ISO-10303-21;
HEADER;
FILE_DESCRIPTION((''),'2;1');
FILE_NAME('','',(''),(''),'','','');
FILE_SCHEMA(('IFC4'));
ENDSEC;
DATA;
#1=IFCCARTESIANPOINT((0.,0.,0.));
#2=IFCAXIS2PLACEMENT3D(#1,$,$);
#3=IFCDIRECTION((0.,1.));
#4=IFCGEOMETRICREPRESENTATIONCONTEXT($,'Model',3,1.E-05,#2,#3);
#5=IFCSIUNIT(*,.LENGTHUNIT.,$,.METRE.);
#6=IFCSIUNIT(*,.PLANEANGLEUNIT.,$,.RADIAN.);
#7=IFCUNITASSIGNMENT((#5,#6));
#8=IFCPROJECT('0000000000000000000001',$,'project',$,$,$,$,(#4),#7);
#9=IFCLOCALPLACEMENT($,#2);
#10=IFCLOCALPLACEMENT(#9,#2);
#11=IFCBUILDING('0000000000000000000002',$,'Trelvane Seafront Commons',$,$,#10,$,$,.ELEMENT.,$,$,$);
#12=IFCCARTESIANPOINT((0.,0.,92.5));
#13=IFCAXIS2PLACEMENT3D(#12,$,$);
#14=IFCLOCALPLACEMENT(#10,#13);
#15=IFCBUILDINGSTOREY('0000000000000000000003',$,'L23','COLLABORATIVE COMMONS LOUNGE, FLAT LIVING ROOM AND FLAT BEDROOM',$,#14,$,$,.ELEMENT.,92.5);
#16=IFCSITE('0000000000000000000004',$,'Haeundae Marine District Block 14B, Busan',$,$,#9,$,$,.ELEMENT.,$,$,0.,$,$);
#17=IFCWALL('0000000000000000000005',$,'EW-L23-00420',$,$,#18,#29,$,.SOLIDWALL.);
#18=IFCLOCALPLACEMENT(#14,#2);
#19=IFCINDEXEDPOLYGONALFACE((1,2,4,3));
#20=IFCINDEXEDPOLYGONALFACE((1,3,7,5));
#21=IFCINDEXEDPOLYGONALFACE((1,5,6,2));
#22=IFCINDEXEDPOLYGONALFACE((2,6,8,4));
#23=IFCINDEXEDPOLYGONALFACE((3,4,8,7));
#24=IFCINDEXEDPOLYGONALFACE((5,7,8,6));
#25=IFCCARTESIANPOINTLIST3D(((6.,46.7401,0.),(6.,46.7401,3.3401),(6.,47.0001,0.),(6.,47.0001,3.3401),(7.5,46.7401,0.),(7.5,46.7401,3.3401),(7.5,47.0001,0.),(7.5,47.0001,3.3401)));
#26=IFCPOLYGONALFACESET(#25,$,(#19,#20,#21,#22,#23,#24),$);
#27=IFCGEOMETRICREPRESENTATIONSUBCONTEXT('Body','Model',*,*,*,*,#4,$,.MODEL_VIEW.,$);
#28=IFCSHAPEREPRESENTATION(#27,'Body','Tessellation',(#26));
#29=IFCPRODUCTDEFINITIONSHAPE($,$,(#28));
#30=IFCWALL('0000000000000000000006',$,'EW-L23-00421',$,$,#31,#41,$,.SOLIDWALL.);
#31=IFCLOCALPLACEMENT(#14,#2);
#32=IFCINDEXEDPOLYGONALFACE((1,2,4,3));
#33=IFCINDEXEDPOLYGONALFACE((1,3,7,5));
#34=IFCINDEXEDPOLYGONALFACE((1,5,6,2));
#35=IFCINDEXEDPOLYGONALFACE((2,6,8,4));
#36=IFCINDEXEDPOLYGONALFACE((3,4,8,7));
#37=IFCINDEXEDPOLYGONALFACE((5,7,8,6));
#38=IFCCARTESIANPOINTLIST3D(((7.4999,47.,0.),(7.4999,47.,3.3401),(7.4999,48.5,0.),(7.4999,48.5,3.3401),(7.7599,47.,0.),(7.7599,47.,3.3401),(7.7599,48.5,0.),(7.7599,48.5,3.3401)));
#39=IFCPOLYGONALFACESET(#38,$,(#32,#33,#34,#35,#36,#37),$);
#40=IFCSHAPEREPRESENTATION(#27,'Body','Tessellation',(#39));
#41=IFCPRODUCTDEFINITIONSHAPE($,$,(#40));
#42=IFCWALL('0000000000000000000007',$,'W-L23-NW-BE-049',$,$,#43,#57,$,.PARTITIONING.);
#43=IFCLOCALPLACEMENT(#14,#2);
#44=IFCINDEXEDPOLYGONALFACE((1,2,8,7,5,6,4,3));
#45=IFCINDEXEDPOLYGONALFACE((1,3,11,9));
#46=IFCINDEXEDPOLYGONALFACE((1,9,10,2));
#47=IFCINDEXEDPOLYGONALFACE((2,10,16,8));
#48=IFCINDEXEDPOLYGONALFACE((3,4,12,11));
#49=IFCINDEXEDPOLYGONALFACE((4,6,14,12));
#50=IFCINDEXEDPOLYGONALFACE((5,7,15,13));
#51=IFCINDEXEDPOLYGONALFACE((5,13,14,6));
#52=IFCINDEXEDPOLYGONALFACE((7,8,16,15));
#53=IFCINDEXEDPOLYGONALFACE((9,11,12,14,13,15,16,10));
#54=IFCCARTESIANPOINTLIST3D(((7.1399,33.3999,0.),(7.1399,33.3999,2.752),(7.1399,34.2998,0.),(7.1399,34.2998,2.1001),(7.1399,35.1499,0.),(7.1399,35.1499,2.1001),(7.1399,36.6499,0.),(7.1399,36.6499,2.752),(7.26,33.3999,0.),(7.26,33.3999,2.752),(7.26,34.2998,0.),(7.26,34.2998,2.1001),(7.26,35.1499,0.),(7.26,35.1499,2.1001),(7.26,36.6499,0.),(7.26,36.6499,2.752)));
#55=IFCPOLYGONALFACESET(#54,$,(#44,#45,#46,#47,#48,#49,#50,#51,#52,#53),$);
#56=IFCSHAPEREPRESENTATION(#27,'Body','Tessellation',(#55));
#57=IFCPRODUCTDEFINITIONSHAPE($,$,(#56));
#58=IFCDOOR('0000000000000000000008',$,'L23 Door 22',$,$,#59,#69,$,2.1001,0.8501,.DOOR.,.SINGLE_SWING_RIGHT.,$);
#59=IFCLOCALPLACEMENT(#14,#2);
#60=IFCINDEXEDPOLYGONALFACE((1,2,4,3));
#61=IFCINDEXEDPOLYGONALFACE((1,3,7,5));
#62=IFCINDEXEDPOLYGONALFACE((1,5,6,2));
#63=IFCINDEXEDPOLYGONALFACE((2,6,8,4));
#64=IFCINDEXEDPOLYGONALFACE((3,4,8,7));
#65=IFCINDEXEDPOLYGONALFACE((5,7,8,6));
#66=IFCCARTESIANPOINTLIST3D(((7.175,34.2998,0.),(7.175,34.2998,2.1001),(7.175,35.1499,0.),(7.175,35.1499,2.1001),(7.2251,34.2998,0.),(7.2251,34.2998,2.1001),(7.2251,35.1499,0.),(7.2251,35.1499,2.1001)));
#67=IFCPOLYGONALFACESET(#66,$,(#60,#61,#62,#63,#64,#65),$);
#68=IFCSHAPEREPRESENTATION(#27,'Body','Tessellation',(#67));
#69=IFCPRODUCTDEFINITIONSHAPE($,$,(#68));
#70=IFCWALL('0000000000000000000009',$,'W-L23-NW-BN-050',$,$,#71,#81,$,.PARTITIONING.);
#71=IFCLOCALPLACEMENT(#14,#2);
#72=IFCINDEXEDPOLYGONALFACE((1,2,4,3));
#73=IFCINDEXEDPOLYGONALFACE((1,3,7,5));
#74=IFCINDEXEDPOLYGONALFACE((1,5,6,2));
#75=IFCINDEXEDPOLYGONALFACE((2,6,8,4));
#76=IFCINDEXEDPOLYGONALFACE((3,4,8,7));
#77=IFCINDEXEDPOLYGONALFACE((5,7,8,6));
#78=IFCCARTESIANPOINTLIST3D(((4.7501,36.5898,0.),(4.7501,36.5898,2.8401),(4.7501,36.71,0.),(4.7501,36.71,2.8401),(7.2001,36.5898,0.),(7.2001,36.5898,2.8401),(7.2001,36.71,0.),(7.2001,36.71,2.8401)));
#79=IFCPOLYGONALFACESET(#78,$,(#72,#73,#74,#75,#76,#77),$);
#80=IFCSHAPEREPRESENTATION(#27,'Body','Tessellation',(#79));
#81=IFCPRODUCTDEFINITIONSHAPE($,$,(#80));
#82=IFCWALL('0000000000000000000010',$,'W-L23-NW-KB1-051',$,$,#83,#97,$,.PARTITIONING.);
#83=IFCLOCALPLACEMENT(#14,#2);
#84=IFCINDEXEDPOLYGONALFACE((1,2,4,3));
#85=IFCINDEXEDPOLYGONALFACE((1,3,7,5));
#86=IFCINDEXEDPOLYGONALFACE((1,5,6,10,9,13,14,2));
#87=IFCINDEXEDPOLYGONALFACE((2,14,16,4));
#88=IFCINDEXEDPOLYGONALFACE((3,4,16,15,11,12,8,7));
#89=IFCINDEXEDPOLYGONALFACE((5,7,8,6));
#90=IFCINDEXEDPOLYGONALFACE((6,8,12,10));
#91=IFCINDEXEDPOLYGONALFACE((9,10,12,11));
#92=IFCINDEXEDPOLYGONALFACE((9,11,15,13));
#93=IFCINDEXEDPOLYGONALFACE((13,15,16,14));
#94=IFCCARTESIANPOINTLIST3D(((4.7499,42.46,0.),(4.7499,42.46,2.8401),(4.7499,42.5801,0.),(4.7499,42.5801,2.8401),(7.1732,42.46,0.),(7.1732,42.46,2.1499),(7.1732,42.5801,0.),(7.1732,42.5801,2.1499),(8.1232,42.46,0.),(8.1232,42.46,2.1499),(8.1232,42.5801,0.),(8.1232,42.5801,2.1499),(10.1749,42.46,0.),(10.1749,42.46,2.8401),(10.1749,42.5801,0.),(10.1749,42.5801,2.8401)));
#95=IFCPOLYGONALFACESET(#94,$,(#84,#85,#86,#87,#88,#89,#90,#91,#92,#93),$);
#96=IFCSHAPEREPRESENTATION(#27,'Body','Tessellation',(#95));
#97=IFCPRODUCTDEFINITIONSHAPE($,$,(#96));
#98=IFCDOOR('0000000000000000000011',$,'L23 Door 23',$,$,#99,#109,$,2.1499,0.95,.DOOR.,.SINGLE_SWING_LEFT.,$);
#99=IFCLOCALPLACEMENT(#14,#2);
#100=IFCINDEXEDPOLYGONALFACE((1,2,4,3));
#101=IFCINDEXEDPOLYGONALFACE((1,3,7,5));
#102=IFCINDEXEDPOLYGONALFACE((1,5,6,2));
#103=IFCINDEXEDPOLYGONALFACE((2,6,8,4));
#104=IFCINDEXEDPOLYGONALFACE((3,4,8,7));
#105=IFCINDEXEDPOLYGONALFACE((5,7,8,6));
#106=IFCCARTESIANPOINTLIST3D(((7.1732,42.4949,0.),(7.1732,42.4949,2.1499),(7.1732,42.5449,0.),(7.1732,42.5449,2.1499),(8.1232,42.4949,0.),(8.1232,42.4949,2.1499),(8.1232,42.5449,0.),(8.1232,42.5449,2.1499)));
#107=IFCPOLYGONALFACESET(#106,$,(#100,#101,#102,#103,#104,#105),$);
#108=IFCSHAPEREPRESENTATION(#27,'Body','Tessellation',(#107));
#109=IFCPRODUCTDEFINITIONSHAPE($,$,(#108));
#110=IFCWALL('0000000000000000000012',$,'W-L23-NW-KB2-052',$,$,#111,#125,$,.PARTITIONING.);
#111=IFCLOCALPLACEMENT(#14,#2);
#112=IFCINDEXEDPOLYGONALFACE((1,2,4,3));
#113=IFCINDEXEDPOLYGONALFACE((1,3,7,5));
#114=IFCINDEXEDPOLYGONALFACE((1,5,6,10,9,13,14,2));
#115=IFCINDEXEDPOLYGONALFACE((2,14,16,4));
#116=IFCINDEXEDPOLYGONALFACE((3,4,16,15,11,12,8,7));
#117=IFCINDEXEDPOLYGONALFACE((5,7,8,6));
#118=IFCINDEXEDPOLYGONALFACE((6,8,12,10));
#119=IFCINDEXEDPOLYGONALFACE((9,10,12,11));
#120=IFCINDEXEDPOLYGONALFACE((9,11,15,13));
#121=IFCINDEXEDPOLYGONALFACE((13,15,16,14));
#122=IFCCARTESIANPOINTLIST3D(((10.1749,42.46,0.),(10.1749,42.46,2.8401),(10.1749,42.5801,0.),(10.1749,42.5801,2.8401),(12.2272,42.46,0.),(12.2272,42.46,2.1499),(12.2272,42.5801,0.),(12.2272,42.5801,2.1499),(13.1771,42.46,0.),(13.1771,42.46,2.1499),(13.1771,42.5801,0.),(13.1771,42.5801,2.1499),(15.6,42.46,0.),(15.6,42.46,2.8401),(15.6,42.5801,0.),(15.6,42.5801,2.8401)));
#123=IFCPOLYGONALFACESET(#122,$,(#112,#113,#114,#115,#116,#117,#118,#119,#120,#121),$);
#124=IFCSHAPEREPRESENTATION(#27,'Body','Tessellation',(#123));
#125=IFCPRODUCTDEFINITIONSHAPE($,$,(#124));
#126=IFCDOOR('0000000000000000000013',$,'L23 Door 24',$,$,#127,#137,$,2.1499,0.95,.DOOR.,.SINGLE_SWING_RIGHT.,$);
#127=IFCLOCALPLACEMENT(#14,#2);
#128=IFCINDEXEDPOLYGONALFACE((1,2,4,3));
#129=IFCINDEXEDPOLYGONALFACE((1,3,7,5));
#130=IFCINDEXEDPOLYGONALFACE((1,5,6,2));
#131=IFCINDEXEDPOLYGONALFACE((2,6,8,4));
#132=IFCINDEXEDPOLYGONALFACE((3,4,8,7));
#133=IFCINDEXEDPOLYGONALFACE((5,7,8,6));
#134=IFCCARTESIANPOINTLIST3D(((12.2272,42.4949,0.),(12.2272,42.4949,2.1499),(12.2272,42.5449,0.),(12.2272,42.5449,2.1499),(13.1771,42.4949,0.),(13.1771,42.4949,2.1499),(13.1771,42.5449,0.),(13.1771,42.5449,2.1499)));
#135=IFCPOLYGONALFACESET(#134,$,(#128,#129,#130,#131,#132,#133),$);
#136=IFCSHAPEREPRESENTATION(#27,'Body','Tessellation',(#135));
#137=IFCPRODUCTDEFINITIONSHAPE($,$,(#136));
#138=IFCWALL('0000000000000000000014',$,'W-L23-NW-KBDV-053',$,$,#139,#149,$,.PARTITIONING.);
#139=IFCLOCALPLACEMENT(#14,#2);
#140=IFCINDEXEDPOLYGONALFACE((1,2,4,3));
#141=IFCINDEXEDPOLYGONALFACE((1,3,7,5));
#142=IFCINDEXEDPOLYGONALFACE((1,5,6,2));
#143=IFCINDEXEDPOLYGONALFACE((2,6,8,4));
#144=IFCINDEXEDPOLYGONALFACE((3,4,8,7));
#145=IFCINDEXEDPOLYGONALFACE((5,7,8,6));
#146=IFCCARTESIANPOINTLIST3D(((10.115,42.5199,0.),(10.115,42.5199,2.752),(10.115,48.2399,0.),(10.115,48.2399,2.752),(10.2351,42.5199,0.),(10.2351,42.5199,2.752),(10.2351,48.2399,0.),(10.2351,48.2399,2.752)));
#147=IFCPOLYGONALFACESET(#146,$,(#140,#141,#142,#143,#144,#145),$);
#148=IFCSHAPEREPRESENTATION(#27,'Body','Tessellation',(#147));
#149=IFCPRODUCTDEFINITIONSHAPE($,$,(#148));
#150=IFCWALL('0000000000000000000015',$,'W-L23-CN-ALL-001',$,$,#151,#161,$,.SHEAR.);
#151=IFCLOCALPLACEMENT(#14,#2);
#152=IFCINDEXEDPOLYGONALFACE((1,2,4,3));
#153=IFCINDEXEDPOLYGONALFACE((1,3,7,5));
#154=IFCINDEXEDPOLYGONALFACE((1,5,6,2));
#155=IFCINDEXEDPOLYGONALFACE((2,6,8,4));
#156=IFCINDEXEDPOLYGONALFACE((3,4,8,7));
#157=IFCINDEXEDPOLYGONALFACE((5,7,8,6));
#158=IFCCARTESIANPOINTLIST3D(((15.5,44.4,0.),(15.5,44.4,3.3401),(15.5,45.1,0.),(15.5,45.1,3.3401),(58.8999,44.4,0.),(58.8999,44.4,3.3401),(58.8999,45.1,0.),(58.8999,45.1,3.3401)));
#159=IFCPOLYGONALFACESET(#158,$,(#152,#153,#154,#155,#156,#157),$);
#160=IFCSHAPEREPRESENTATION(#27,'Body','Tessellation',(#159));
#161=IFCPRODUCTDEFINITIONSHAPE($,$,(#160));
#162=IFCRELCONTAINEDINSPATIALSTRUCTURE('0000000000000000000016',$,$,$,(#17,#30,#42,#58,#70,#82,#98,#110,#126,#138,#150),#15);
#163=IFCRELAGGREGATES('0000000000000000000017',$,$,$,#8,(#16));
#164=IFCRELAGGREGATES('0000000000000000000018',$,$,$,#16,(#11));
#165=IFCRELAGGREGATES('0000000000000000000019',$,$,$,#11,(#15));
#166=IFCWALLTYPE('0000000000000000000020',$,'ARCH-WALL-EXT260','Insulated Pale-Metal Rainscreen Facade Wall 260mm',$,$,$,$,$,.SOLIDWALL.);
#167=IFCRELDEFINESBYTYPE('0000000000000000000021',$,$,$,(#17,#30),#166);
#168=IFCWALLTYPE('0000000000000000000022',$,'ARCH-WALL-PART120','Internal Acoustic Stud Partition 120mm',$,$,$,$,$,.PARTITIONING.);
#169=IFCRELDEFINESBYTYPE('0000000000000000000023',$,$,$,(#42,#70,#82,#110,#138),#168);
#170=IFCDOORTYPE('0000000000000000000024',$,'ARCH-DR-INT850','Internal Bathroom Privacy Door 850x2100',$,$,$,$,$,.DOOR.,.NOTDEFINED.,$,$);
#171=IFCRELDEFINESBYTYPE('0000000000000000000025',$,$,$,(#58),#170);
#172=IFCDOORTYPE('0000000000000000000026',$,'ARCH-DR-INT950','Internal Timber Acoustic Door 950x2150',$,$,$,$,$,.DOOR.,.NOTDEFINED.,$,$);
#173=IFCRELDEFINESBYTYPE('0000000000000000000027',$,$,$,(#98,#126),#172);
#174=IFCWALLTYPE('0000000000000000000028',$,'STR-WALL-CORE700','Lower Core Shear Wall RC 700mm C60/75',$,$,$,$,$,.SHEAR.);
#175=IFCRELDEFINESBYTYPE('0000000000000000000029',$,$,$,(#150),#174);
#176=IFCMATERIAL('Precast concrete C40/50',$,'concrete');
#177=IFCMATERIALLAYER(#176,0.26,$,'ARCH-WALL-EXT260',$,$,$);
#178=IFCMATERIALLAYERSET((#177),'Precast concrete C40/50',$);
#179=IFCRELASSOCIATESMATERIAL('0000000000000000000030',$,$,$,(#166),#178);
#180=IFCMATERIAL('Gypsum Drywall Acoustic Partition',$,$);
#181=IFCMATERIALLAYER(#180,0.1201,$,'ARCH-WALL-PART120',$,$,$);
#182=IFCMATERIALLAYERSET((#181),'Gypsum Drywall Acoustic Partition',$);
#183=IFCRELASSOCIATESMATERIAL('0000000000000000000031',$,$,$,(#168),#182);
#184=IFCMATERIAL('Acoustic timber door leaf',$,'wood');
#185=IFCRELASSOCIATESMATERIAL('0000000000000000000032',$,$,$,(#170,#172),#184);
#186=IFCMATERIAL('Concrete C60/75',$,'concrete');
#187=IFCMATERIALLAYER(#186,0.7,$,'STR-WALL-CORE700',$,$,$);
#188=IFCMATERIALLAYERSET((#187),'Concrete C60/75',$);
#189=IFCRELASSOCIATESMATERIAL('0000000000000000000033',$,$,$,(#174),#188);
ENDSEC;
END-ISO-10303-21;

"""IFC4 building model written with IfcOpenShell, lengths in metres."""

from ifc_helpers import new_model, si_unit, direction, frame, frame_2d, origin, place, context, subcontext, project, spatial, rectangle, extrude, source, transform, mapped, material, layer, layer_set, type_object, element, fill, save


model = new_model("IFC4")

# Units and contexts
model_context = context("Model", 3, precision=1e-05, world=origin(), true_north=direction((0.0, 1.0)))
body_context = subcontext(model_context, "Body", "Model", "MODEL_VIEW")
ifc_project = project(units=[si_unit("LENGTHUNIT", "METRE"), si_unit("PLANEANGLEUNIT", "RADIAN")], contexts=[model_context])

# Site, building, storey
site_placement = place(None, origin())
site = spatial("IfcSite", under=ifc_project, at=site_placement, Name="Haeundae Marine District Block 14B, Busan", CompositionType="ELEMENT", RefElevation=0.0)
building_placement = place(site_placement, origin())
building = spatial("IfcBuilding", under=site, at=building_placement, Name="Trelvane Seafront Commons", CompositionType="ELEMENT")
storey_placement = place(building_placement, frame((0.0, 0.0, 92.5)))
storey = spatial("IfcBuildingStorey", under=building, at=storey_placement, Name="L23", Description="COLLABORATIVE COMMONS LOUNGE, FLAT LIVING ROOM AND FLAT BEDROOM", CompositionType="ELEMENT", Elevation=92.5)

# Shared definitions
ifc_material_1 = material(Name="Concrete C60/75", Category="concrete")

# Shared definitions
ifc_material_2 = material(Name="Precast concrete C40/50", Category="concrete")
ifc_layer_1 = layer(ifc_material_2, 0.26, Name="ARCH-WALL-EXT260")
ifc_layer_set_1 = layer_set([ifc_layer_1], Name="Precast concrete C40/50")
wall_type_1 = type_object("IfcWallType", Name="ARCH-WALL-EXT260", Description="Insulated Pale-Metal Rainscreen Facade Wall 260mm", PredefinedType="SOLIDWALL", material=ifc_layer_set_1)

# Walls
for number, where, z_axis, x_axis, name in (
    (1, (6.0, 46.8701, 0.0), (0.0, 0.0, 1.0), (1.0, 0.0, 0.0), "EW-L23-00420"),
    (2, (7.6299, 47.0, 0.0), (0.0, 0.0, 1.0), (0.0, 1.0, 0.0), "EW-L23-00421"),
):
    element("IfcWall", number, at=place(storey_placement, frame(where, z_axis=z_axis, x_axis=x_axis)), inside=storey, type_object=wall_type_1, Name=name, PredefinedType="SOLIDWALL", context=body_context, shape_type="SweptSolid", body=[
        extrude(rectangle(XDim=1.5, YDim=0.26, at=frame_2d((0.75, 0.0))), origin(), (0.0, 0.0, 1.0), 3.3401),
    ])

# Wall, opening, door
ifc_material_3 = material(Name="Gypsum Drywall Acoustic Partition")
ifc_layer_2 = layer(ifc_material_3, 0.1201, Name="ARCH-WALL-PART120")
ifc_layer_set_2 = layer_set([ifc_layer_2], Name="Gypsum Drywall Acoustic Partition")
wall_type_2 = type_object("IfcWallType", Name="ARCH-WALL-PART120", Description="Internal Acoustic Stud Partition 120mm", PredefinedType="PARTITIONING", material=ifc_layer_set_2)
wall_1_placement = place(storey_placement, frame((7.2, 33.3999, 0.0), z_axis=(0.0, 0.0, 1.0), x_axis=(0.0, 1.0, 0.0)))
wall_1 = element("IfcWall", 3, at=wall_1_placement, inside=storey, type_object=wall_type_2, Name="W-L23-NW-BE-049", PredefinedType="PARTITIONING", context=body_context, shape_type="SweptSolid", body=[
    extrude(rectangle(XDim=3.25, YDim=0.1201, at=frame_2d((1.625, 0.0))), origin(), (0.0, 0.0, 1.0), 2.752),
])
opening_1_placement = place(wall_1_placement, frame((0.8999, 0.0, 0.0)))
opening_1 = element("IfcOpeningElement", 4, at=opening_1_placement, cuts=wall_1, PredefinedType="OPENING", context=body_context, shape_type="SweptSolid", body=[
    extrude(rectangle(XDim=0.8501, YDim=2.1001, at=frame_2d((0.425, 1.05))), frame((0.0, 0.0701, 0.0), z_axis=(0.0, -1.0, 0.0), x_axis=(1.0, 0.0, 0.0)), (0.0, 0.0, 1.0), 0.1401),
])
ifc_material_4 = material(Name="Acoustic timber door leaf", Category="wood")
door_type_1 = type_object("IfcDoorType", Name="ARCH-DR-INT850", Description="Internal Bathroom Privacy Door 850x2100", OperationType="NOTDEFINED", PredefinedType="DOOR", material=ifc_material_4)
shared_shape_1 = source(origin(), body_context, "Body", "SweptSolid", [
    extrude(rectangle(XDim=0.8501, YDim=2.1001, at=frame_2d((0.425, 1.05))), frame((0.0, 0.0249, 0.0), z_axis=(0.0, -1.0, 0.0), x_axis=(1.0, 0.0, 0.0)), (0.0, 0.0, 1.0), 0.05),
])
door_1_placement = place(opening_1_placement, origin())
door_1 = element("IfcDoor", 5, at=door_1_placement, inside=storey, type_object=door_type_1, Name="L23 Door 22", OperationType="SINGLE_SWING_RIGHT", OverallHeight=2.1001, OverallWidth=0.8501, PredefinedType="DOOR", context=body_context, shape_type="MappedRepresentation", body=[
    mapped(shared_shape_1, transform((0.0, 0.0, 0.0), x_axis=(1.0, 0.0, 0.0), y_axis=(0.0, 1.0, 0.0), z_axis=(0.0, 0.0, 1.0), scale=1.0)),
])
fill(opening_1, door_1)

# Wall
wall_2_placement = place(storey_placement, frame((4.75, 36.6499, 0.0), z_axis=(0.0, 0.0, 1.0), x_axis=(1.0, 0.0, 0.0)))
element("IfcWall", 6, at=wall_2_placement, inside=storey, type_object=wall_type_2, Name="W-L23-NW-BN-050", PredefinedType="PARTITIONING", context=body_context, shape_type="SweptSolid", body=[
    extrude(rectangle(XDim=2.45, YDim=0.1201, at=frame_2d((1.2251, 0.0))), origin(), (0.0, 0.0, 1.0), 2.8401),
])

# Walls, openings, doors
wall_3_placement = place(storey_placement, frame((4.75, 42.52, 0.0), z_axis=(0.0, 0.0, 1.0), x_axis=(1.0, 0.0, 0.0)))
wall_3 = element("IfcWall", 7, at=wall_3_placement, inside=storey, type_object=wall_type_2, Name="W-L23-NW-KB1-051", PredefinedType="PARTITIONING", context=body_context, shape_type="SweptSolid", body=[
    extrude(rectangle(XDim=5.425, YDim=0.1201, at=frame_2d((2.7124, 0.0))), origin(), (0.0, 0.0, 1.0), 2.8401),
])
opening_2_placement = place(wall_3_placement, frame((2.4231, 0.0, 0.0)))
opening_2 = element("IfcOpeningElement", 8, at=opening_2_placement, cuts=wall_3, PredefinedType="OPENING", context=body_context, shape_type="SweptSolid", body=[
    extrude(rectangle(XDim=0.95, YDim=2.1499, at=frame_2d((0.4751, 1.075))), frame((0.0, 0.0701, 0.0), z_axis=(0.0, -1.0, 0.0), x_axis=(1.0, 0.0, 0.0)), (0.0, 0.0, 1.0), 0.1401),
])
door_type_2 = type_object("IfcDoorType", Name="ARCH-DR-INT950", Description="Internal Timber Acoustic Door 950x2150", OperationType="NOTDEFINED", PredefinedType="DOOR", material=ifc_material_4)
shared_shape_2 = source(origin(), body_context, "Body", "SweptSolid", [
    extrude(rectangle(XDim=0.95, YDim=2.1499, at=frame_2d((0.4751, 1.075))), frame((0.0, 0.0249, 0.0), z_axis=(0.0, -1.0, 0.0), x_axis=(1.0, 0.0, 0.0)), (0.0, 0.0, 1.0), 0.05),
])
door_2_placement = place(opening_2_placement, origin())
door_2 = element("IfcDoor", 9, at=door_2_placement, inside=storey, type_object=door_type_2, Name="L23 Door 23", OperationType="SINGLE_SWING_LEFT", OverallHeight=2.1499, OverallWidth=0.95, PredefinedType="DOOR", context=body_context, shape_type="MappedRepresentation", body=[
    mapped(shared_shape_2, transform((0.0, 0.0, 0.0), x_axis=(1.0, 0.0, 0.0), y_axis=(0.0, 1.0, 0.0), z_axis=(0.0, 0.0, 1.0), scale=1.0)),
])
fill(opening_2, door_2)
wall_4_placement = place(storey_placement, frame((10.175, 42.52, 0.0), z_axis=(0.0, 0.0, 1.0), x_axis=(1.0, 0.0, 0.0)))
wall_4 = element("IfcWall", 10, at=wall_4_placement, inside=storey, type_object=wall_type_2, Name="W-L23-NW-KB2-052", PredefinedType="PARTITIONING", context=body_context, shape_type="SweptSolid", body=[
    extrude(rectangle(XDim=5.425, YDim=0.1201, at=frame_2d((2.7124, 0.0))), origin(), (0.0, 0.0, 1.0), 2.8401),
])
opening_3_placement = place(wall_4_placement, frame((2.052, 0.0, 0.0)))
opening_3 = element("IfcOpeningElement", 11, at=opening_3_placement, cuts=wall_4, PredefinedType="OPENING", context=body_context, shape_type="SweptSolid", body=[
    extrude(rectangle(XDim=0.95, YDim=2.1499, at=frame_2d((0.4751, 1.075))), frame((0.0, 0.0701, 0.0), z_axis=(0.0, -1.0, 0.0), x_axis=(1.0, 0.0, 0.0)), (0.0, 0.0, 1.0), 0.1401),
])
door_3_placement = place(opening_3_placement, origin())
door_3 = element("IfcDoor", 12, at=door_3_placement, inside=storey, type_object=door_type_2, Name="L23 Door 24", OperationType="SINGLE_SWING_RIGHT", OverallHeight=2.1499, OverallWidth=0.95, PredefinedType="DOOR", context=body_context, shape_type="MappedRepresentation", body=[
    mapped(shared_shape_2, transform((0.0, 0.0, 0.0), x_axis=(1.0, 0.0, 0.0), y_axis=(0.0, 1.0, 0.0), z_axis=(0.0, 0.0, 1.0), scale=1.0)),
])
fill(opening_3, door_3)

# Wall
wall_5_placement = place(storey_placement, frame((10.175, 42.52, 0.0), z_axis=(0.0, 0.0, 1.0), x_axis=(0.0, 1.0, 0.0)))
element("IfcWall", 13, at=wall_5_placement, inside=storey, type_object=wall_type_2, Name="W-L23-NW-KBDV-053", PredefinedType="PARTITIONING", context=body_context, shape_type="SweptSolid", body=[
    extrude(rectangle(XDim=5.72, YDim=0.1201, at=frame_2d((2.8599, 0.0))), origin(), (0.0, 0.0, 1.0), 2.752),
])

# Wall
ifc_layer_3 = layer(ifc_material_1, 0.7, Name="STR-WALL-CORE700")
ifc_layer_set_3 = layer_set([ifc_layer_3], Name="Concrete C60/75")
wall_type_3 = type_object("IfcWallType", Name="STR-WALL-CORE700", Description="Lower Core Shear Wall RC 700mm C60/75", PredefinedType="SHEAR", material=ifc_layer_set_3)
wall_6_placement = place(storey_placement, frame((15.5, 44.75, 0.0), z_axis=(0.0, 0.0, 1.0), x_axis=(1.0, 0.0, 0.0)))
element("IfcWall", 14, at=wall_6_placement, inside=storey, type_object=wall_type_3, Name="W-L23-CN-ALL-001", PredefinedType="SHEAR", context=body_context, shape_type="SweptSolid", body=[
    extrude(rectangle(XDim=43.3999, YDim=0.7, at=frame_2d((21.7, 0.0))), origin(), (0.0, 0.0, 1.0), 3.3401),
])

save(model, "model.ifc")
